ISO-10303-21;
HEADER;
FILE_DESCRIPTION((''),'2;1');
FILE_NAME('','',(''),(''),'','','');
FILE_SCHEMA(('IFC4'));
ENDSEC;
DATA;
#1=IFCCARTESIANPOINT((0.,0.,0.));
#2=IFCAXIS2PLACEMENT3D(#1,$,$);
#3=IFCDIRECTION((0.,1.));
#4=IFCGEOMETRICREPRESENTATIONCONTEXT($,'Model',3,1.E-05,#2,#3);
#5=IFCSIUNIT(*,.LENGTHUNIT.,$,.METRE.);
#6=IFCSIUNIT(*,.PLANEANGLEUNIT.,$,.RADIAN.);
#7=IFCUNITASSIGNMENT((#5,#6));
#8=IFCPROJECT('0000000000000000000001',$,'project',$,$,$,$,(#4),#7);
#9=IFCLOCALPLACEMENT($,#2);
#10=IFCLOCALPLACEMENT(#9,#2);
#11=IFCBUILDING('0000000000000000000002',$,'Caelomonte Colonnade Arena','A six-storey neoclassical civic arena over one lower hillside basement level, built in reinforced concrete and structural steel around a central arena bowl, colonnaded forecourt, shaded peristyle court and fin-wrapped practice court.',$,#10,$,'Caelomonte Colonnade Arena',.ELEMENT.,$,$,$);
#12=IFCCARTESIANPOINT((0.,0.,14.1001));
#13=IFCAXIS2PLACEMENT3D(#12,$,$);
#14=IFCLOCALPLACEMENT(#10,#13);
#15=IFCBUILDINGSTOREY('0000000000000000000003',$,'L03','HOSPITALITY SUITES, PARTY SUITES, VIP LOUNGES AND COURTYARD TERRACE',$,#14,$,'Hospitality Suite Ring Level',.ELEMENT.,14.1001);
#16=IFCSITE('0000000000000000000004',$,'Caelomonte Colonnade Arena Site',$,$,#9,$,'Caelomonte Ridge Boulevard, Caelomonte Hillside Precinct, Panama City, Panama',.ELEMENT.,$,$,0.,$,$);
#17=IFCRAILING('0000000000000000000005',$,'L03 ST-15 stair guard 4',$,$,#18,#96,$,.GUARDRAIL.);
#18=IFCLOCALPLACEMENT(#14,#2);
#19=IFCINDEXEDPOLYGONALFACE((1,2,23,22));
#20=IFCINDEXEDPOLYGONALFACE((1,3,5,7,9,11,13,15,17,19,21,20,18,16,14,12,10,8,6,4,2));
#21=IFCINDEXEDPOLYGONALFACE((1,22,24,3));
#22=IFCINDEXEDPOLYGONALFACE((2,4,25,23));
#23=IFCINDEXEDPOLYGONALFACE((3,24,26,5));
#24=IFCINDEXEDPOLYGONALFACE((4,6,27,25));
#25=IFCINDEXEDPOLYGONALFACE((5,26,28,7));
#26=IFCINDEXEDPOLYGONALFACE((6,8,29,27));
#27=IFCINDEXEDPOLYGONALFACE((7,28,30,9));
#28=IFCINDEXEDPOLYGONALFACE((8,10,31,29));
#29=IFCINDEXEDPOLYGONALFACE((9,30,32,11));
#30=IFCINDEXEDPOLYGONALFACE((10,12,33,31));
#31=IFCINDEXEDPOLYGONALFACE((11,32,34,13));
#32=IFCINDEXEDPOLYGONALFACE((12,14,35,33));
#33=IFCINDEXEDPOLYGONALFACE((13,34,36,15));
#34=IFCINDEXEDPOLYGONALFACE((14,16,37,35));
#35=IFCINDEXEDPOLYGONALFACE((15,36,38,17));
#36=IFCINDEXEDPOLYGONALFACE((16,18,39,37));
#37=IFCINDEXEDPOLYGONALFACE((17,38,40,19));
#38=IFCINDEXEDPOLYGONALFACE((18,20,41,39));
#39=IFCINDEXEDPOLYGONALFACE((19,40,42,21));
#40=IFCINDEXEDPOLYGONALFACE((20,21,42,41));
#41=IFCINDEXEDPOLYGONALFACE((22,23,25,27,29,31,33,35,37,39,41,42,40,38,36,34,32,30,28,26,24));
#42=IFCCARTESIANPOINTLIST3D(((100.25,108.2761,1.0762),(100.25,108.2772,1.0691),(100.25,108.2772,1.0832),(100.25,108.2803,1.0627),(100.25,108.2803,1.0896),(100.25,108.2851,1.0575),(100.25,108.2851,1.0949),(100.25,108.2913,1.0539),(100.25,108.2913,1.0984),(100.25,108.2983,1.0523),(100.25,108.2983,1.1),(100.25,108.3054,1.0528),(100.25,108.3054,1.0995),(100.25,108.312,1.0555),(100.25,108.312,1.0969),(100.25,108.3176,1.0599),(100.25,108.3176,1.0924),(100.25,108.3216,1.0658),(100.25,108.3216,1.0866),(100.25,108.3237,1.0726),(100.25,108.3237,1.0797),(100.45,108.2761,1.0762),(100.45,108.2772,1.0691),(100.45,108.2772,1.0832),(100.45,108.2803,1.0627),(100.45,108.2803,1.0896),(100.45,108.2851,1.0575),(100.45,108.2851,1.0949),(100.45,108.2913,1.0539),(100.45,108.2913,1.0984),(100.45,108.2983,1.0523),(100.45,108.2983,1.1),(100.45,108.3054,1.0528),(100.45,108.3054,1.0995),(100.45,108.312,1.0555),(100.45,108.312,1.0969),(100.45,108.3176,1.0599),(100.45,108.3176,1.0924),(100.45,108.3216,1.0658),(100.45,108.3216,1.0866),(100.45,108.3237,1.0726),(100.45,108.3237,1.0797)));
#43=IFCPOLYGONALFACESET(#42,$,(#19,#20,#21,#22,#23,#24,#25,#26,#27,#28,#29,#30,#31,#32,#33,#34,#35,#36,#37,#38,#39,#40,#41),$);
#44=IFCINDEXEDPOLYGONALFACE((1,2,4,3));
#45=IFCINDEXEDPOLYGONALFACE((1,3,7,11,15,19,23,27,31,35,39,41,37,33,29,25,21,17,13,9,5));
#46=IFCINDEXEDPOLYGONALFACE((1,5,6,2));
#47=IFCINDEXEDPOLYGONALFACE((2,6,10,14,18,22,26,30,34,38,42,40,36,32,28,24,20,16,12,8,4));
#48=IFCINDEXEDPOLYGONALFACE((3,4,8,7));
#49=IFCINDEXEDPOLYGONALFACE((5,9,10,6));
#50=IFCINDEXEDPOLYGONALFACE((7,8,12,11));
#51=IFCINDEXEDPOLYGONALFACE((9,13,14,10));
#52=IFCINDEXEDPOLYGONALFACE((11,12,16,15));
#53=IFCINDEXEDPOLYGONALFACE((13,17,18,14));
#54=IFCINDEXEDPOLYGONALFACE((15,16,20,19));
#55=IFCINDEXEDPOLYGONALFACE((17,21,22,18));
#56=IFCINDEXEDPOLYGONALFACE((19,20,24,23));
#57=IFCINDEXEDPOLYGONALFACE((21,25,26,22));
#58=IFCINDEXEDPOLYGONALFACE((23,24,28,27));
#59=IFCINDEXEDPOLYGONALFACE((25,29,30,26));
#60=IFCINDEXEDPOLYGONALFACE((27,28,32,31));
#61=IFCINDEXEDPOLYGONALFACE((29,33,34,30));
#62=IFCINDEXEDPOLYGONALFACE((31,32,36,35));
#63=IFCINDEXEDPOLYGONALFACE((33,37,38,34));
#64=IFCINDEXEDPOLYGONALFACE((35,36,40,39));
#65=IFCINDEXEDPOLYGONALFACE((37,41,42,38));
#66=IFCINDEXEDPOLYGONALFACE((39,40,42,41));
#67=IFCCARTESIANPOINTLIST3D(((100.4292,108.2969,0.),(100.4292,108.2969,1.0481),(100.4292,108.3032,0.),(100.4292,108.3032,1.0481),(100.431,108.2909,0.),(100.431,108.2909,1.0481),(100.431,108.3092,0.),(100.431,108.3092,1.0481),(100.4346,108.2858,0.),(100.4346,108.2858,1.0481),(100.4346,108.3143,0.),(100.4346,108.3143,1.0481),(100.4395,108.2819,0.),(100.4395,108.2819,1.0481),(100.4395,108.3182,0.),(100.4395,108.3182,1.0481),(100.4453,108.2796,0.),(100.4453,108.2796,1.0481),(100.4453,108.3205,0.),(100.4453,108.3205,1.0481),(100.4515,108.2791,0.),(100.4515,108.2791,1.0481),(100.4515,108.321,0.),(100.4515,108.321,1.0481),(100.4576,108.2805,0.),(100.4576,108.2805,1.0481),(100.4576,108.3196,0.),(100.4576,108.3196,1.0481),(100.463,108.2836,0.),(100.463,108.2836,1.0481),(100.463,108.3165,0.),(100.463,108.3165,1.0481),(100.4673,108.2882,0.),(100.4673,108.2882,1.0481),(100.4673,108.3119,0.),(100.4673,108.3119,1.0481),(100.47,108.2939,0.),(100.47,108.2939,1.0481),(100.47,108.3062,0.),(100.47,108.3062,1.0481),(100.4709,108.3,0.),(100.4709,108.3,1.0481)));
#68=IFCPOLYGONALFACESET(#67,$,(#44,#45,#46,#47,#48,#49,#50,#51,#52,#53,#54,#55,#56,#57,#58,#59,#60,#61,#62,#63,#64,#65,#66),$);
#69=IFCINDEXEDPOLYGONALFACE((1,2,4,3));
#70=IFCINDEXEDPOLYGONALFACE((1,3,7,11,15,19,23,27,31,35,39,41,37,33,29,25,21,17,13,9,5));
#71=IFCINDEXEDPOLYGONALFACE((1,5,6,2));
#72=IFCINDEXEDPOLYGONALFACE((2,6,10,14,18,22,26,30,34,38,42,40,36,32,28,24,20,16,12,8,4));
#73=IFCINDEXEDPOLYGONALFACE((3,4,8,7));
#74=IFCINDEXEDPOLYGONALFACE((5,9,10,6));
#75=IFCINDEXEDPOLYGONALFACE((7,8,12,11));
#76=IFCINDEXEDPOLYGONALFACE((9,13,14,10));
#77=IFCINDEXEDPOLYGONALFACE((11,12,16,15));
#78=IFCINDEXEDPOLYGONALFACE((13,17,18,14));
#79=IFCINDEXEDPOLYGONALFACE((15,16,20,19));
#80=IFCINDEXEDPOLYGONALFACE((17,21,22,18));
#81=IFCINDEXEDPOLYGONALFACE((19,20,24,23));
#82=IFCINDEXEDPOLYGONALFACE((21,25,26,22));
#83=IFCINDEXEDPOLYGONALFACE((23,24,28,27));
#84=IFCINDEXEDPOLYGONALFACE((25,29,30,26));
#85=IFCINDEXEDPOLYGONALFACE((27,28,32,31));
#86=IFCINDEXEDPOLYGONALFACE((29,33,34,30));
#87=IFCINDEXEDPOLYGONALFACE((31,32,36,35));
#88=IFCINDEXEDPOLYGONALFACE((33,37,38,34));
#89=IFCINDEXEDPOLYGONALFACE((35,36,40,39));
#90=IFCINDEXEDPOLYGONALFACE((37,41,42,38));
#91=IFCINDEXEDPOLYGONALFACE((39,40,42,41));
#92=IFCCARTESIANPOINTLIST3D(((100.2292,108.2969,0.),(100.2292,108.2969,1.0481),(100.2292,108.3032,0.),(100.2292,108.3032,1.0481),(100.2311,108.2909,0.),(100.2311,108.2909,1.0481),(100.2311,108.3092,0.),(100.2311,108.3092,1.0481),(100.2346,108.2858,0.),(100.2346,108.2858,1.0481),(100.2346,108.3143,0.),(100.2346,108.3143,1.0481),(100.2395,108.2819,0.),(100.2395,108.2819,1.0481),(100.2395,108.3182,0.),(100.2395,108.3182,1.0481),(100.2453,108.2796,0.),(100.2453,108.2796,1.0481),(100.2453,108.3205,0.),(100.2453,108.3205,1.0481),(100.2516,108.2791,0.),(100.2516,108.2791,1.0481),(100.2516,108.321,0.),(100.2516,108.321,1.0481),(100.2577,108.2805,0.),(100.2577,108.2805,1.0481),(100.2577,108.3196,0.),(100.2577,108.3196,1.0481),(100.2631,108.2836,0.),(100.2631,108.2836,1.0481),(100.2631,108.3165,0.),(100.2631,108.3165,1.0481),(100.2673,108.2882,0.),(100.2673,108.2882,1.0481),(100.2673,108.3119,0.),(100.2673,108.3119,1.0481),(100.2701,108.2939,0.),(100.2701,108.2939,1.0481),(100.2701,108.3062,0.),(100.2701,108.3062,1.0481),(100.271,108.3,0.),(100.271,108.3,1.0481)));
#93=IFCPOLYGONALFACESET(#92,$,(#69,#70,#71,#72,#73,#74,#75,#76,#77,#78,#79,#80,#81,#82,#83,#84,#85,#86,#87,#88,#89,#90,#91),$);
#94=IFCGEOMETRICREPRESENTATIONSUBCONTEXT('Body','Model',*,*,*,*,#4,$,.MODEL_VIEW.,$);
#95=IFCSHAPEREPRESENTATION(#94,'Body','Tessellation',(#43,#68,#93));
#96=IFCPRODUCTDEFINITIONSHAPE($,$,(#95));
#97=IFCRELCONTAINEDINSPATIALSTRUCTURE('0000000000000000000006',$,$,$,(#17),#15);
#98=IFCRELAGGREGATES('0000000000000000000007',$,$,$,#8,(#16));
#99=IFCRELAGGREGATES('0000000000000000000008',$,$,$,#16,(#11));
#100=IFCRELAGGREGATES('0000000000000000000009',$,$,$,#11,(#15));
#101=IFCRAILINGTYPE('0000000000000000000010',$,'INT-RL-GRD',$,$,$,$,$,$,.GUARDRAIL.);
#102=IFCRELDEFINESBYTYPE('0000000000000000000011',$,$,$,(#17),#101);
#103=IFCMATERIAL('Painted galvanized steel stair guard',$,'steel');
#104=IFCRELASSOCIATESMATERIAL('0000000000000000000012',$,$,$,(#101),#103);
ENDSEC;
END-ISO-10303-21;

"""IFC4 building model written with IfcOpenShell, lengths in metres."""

from ifc_helpers import new_model, si_unit, direction, frame, origin, origin_2d, place, context, subcontext, project, spatial, circle, extrude, material, type_object, element, save


model = new_model("IFC4")

# Units and contexts
model_context = context("Model", 3, precision=1e-05, world=origin(), true_north=direction((0.0, 1.0)))
body_context = subcontext(model_context, "Body", "Model", "MODEL_VIEW")
ifc_project = project(units=[si_unit("LENGTHUNIT", "METRE"), si_unit("PLANEANGLEUNIT", "RADIAN")], contexts=[model_context])

# Site, building, storey
site_placement = place(None, origin())
site = spatial("IfcSite", under=ifc_project, at=site_placement, Name="Caelomonte Colonnade Arena Site", LongName="Caelomonte Ridge Boulevard, Caelomonte Hillside Precinct, Panama City, Panama", CompositionType="ELEMENT", RefElevation=0.0)
building_placement = place(site_placement, origin())
building = spatial("IfcBuilding", under=site, at=building_placement, Name="Caelomonte Colonnade Arena", Description="A six-storey neoclassical civic arena over one lower hillside basement level, built in reinforced concrete and structural steel around a central arena bowl, colonnaded forecourt, shaded peristyle court and fin-wrapped practice court.", LongName="Caelomonte Colonnade Arena", CompositionType="ELEMENT")
storey_placement = place(building_placement, frame((0.0, 0.0, 14.1001)))
storey = spatial("IfcBuildingStorey", under=building, at=storey_placement, Name="L03", Description="HOSPITALITY SUITES, PARTY SUITES, VIP LOUNGES AND COURTYARD TERRACE", LongName="Hospitality Suite Ring Level", CompositionType="ELEMENT", Elevation=14.1001)

# Railing
ifc_material_1 = material(Name="Painted galvanized steel stair guard", Category="steel")
railing_type_1 = type_object("IfcRailingType", Name="INT-RL-GRD", PredefinedType="GUARDRAIL", material=ifc_material_1)
railing_1_placement = place(storey_placement, frame((100.45, 108.3, 0.0)))
element("IfcRailing", 1, at=railing_1_placement, inside=storey, type_object=railing_type_1, Name="L03 ST-15 stair guard 4", PredefinedType="GUARDRAIL", context=body_context, shape_type="SweptSolid", body=[
    extrude(circle(Radius=0.0239, at=origin_2d()), frame((0.0, 0.0, 1.0762), z_axis=(-1.0, 0.0, 0.0), x_axis=(0.0, -1.0, 0.0)), (0.0, 0.0, 1.0), 0.2),
    extrude(circle(Radius=0.021, at=origin_2d()), origin(), (0.0, 0.0, 1.0), 1.0481),
    extrude(circle(Radius=0.021, at=origin_2d()), frame((-0.2, 0.0, 0.0)), (0.0, 0.0, 1.0), 1.0481),
])

save(model, "model.ifc")
